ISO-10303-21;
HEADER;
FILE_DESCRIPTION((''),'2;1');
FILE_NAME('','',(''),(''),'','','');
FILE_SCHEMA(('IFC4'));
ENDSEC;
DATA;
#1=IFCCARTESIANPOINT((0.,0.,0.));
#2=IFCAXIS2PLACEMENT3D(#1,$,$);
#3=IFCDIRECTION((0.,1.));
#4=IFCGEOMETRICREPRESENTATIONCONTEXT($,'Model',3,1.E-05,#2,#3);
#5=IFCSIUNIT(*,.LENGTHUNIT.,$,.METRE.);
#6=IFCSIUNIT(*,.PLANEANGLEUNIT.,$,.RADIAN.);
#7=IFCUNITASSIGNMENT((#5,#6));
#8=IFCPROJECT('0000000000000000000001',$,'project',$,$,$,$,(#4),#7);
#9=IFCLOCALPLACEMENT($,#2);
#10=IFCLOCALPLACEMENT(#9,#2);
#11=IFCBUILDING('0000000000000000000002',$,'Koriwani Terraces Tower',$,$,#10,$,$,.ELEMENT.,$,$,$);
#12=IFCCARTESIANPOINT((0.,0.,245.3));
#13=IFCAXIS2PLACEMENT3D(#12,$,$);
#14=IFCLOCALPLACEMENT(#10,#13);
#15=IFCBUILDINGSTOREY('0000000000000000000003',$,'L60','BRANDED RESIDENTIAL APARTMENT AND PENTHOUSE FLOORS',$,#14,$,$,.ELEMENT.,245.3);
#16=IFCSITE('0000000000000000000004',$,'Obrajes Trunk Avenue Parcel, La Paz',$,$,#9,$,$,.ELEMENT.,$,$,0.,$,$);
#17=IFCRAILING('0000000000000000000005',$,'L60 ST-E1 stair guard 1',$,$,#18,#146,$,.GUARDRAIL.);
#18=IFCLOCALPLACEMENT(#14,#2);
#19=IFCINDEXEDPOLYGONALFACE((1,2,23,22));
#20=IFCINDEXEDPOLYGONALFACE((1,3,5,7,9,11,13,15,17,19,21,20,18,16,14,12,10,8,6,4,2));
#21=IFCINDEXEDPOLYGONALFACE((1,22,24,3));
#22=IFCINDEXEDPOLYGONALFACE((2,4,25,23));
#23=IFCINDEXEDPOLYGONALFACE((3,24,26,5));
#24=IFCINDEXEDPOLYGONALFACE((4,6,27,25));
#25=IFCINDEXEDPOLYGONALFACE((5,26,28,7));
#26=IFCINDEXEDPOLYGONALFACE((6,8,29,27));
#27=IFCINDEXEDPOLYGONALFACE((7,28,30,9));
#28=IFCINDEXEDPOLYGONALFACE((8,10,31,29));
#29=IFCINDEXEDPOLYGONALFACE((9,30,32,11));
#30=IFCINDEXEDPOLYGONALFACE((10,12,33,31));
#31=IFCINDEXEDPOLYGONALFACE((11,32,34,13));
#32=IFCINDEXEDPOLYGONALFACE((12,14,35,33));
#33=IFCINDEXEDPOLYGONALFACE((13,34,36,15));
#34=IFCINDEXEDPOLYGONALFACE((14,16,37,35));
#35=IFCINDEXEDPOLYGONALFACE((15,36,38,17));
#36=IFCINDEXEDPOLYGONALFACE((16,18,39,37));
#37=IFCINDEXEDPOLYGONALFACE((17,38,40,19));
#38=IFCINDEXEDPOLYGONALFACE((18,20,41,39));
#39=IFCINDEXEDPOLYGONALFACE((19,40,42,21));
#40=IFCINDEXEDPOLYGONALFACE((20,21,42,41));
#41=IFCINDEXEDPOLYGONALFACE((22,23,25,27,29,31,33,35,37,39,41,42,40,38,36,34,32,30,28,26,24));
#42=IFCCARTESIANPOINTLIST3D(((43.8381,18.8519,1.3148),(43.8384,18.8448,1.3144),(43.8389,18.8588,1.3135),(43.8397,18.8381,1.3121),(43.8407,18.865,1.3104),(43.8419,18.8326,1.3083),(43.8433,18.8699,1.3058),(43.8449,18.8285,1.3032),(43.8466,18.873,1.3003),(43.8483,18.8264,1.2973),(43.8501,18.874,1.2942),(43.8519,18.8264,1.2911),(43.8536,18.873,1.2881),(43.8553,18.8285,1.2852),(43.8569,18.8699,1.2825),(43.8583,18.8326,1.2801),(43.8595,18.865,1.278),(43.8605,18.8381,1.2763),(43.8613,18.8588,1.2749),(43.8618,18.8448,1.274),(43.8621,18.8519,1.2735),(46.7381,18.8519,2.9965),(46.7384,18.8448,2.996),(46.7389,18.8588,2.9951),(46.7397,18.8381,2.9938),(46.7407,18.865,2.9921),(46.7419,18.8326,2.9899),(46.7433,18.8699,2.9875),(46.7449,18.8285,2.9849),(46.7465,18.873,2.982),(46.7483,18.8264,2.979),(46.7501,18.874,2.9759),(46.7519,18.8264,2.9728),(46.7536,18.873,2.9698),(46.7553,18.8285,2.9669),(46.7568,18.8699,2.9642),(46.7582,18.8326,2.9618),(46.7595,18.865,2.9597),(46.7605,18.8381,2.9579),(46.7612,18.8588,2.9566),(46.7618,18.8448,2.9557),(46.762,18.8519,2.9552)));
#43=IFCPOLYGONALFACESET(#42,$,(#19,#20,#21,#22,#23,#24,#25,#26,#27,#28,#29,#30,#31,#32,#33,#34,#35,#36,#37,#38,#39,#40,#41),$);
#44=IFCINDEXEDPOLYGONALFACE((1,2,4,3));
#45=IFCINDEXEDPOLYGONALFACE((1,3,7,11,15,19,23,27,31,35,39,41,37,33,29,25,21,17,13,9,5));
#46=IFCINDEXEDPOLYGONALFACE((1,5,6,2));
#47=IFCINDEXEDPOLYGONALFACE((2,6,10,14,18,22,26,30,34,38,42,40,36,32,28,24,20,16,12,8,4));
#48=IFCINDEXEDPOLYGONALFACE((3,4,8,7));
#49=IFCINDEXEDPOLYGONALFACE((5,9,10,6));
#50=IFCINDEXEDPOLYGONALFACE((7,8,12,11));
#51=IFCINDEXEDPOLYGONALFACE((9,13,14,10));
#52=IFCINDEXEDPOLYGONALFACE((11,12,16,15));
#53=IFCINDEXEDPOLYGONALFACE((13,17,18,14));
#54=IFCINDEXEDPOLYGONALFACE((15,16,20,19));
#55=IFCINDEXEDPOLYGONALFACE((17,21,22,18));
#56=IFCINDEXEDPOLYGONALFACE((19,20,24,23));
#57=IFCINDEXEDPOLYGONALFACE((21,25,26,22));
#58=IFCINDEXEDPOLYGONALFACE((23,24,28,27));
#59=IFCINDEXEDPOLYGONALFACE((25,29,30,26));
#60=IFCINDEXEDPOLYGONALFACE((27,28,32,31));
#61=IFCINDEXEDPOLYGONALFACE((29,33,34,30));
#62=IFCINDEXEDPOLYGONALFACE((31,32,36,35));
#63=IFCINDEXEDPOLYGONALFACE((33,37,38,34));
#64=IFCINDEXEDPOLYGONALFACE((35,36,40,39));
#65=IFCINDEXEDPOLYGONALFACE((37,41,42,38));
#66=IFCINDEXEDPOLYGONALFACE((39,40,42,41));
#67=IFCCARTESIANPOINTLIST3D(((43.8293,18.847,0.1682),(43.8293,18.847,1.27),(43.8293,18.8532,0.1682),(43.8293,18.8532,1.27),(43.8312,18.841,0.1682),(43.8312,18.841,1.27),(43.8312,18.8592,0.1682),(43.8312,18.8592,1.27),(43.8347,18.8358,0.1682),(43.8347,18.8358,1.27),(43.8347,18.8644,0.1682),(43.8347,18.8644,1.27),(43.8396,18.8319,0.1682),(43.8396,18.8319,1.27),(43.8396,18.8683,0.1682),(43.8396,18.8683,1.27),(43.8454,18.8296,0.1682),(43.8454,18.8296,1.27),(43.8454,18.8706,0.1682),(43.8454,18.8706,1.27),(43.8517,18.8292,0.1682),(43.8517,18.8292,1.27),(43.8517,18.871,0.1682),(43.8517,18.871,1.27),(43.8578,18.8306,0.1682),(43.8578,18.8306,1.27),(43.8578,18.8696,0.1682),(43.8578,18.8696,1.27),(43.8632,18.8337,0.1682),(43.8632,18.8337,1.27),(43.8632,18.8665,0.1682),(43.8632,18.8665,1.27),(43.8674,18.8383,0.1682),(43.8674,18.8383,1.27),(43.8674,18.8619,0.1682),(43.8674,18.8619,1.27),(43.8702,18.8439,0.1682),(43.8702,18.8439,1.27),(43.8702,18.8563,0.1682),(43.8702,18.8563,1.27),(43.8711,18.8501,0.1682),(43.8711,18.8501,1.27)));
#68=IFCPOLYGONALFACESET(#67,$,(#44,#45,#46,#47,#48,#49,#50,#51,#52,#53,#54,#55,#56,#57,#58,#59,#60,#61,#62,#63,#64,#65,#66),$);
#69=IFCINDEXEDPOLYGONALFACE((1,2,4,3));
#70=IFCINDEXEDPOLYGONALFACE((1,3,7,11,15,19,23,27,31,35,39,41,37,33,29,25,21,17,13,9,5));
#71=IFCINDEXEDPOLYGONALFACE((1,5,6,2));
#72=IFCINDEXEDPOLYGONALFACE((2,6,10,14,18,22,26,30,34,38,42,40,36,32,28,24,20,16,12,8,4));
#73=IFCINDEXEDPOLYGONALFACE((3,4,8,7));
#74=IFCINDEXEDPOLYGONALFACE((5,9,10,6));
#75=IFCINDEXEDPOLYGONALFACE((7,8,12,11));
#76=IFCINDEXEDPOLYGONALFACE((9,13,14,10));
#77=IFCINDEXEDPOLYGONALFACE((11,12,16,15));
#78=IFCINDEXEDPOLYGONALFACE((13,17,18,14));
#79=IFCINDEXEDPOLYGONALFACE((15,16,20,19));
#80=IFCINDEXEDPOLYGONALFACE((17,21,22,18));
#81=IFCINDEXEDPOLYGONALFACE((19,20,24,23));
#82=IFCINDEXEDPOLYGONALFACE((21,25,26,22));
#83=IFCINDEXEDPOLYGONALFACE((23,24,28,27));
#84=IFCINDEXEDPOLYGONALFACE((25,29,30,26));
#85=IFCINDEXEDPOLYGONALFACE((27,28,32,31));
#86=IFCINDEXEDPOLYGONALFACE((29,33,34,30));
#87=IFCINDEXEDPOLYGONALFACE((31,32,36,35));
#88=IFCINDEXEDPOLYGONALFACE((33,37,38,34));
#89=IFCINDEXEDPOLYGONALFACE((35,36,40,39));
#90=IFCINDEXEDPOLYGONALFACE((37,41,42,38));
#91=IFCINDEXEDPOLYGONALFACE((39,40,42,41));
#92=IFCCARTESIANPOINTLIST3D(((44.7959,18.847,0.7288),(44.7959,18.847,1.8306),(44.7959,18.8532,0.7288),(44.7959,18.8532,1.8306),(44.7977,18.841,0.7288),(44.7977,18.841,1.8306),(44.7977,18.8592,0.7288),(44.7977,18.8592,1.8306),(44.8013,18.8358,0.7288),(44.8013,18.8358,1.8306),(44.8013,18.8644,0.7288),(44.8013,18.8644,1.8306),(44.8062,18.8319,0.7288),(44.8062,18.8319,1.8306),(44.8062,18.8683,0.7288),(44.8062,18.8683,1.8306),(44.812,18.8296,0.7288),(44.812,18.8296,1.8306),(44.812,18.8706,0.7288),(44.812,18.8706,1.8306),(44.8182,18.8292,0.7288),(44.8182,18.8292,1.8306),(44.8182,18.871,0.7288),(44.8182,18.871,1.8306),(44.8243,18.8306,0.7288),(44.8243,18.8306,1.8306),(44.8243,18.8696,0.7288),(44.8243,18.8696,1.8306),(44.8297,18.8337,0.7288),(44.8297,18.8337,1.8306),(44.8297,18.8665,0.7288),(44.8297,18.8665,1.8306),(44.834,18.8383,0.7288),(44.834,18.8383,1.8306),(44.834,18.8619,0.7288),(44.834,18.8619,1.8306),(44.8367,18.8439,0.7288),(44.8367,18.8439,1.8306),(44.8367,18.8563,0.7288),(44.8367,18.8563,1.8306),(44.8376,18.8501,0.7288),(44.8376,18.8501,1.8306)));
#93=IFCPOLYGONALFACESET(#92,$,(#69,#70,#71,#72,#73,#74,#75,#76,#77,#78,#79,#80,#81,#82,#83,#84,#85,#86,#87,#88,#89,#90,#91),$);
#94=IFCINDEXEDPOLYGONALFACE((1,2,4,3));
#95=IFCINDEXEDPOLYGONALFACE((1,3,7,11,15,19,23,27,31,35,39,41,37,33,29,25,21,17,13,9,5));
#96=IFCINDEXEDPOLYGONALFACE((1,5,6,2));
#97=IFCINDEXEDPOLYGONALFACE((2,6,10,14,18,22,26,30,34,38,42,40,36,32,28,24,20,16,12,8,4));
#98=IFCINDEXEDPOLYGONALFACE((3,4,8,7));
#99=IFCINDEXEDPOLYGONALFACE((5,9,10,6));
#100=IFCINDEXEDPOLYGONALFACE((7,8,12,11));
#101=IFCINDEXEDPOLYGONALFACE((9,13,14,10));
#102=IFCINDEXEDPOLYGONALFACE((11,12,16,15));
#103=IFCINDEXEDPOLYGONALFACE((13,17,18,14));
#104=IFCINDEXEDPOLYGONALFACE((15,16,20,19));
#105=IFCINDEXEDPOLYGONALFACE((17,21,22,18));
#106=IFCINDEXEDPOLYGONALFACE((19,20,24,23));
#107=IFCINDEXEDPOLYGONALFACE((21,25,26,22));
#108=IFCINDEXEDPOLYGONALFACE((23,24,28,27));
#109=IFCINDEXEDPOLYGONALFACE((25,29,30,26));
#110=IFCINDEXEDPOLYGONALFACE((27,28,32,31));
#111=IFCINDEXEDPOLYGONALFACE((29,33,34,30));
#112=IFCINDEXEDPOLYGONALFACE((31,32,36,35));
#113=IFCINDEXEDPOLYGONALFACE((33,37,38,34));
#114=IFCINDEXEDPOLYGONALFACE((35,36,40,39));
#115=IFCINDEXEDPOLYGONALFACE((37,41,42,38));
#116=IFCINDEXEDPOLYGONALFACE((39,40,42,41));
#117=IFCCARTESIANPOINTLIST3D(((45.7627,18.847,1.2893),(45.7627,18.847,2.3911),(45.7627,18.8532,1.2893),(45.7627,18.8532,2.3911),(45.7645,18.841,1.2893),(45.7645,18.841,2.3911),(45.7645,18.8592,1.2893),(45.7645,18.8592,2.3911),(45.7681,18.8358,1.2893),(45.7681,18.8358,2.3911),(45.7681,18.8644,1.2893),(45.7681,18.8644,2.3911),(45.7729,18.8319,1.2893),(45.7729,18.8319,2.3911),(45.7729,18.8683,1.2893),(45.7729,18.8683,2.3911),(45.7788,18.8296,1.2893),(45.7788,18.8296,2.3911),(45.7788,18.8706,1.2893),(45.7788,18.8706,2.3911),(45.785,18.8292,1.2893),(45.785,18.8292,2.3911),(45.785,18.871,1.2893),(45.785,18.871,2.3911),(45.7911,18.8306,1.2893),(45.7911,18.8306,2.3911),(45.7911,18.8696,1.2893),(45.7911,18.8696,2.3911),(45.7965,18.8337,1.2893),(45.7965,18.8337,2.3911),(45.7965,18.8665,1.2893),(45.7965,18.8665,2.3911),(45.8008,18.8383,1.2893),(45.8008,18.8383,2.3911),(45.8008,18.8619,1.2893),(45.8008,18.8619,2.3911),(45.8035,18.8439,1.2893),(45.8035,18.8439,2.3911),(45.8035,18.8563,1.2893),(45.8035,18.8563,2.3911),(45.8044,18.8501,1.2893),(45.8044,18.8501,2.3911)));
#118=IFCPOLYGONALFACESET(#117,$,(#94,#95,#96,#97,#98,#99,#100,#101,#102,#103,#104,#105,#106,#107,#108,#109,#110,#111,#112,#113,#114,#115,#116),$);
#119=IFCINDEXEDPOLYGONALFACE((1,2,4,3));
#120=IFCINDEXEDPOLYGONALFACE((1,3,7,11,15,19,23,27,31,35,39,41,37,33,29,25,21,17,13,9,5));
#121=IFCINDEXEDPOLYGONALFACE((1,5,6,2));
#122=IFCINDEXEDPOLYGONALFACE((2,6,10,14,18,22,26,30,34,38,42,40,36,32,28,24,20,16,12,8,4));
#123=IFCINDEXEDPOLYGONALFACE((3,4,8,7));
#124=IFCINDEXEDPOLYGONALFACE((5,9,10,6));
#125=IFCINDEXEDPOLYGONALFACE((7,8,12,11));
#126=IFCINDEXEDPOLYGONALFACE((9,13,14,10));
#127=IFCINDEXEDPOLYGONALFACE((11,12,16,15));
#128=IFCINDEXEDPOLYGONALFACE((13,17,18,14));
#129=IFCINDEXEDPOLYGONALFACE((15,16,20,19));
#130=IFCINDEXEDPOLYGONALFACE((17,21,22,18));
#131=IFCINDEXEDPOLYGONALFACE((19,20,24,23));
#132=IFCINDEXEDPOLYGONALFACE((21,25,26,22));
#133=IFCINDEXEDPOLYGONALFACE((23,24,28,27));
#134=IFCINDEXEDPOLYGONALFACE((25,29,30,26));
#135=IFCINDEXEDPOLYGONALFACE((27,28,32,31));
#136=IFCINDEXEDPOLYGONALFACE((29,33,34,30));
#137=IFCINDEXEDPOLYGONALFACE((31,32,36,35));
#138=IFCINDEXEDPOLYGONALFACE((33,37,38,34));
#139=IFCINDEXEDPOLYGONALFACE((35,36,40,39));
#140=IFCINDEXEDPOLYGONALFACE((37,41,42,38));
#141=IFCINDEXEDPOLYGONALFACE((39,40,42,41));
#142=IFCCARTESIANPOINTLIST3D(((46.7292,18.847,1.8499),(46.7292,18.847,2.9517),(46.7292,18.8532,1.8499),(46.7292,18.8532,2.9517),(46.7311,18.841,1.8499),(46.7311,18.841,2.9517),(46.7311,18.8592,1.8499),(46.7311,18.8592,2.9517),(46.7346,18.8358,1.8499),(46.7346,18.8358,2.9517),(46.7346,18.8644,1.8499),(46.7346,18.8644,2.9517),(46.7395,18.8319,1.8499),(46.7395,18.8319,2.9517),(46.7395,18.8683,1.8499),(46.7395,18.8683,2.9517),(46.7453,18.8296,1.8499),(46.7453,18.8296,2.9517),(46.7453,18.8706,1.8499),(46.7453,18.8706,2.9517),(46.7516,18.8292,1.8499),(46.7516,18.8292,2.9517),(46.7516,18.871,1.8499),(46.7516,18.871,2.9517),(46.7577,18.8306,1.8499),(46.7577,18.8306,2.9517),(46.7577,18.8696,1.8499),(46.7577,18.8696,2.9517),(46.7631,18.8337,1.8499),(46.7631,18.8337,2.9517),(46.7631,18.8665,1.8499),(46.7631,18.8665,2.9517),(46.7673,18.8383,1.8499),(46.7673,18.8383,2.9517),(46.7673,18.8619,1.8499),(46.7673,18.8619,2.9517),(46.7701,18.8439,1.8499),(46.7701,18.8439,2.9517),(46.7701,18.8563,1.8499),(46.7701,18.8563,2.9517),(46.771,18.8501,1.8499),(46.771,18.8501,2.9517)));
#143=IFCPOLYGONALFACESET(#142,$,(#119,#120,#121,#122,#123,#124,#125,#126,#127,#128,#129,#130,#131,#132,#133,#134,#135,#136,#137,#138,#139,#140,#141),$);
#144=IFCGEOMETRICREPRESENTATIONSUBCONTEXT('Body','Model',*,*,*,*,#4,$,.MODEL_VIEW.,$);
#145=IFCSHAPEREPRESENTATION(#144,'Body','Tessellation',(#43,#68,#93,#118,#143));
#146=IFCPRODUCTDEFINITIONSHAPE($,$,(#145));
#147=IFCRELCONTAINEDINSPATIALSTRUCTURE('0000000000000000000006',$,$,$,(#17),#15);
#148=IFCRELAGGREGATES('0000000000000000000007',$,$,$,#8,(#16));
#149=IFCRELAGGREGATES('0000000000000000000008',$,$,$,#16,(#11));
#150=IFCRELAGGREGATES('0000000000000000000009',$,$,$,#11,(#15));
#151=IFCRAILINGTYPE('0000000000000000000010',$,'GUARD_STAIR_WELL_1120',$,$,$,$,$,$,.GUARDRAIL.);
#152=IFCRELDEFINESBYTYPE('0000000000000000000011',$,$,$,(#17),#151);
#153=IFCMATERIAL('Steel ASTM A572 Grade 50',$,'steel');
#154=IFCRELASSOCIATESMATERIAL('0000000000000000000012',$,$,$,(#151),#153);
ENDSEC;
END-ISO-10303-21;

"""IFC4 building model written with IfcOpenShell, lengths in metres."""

from ifc_helpers import new_model, si_unit, direction, frame, origin, origin_2d, place, context, subcontext, project, spatial, circle, extrude, material, type_object, element, save


model = new_model("IFC4")

# Units and contexts
model_context = context("Model", 3, precision=1e-05, world=origin(), true_north=direction((0.0, 1.0)))
body_context = subcontext(model_context, "Body", "Model", "MODEL_VIEW")
ifc_project = project(units=[si_unit("LENGTHUNIT", "METRE"), si_unit("PLANEANGLEUNIT", "RADIAN")], contexts=[model_context])

# Site, building, storey
site_placement = place(None, origin())
site = spatial("IfcSite", under=ifc_project, at=site_placement, Name="Obrajes Trunk Avenue Parcel, La Paz", CompositionType="ELEMENT", RefElevation=0.0)
building_placement = place(site_placement, origin())
building = spatial("IfcBuilding", under=site, at=building_placement, Name="Koriwani Terraces Tower", CompositionType="ELEMENT")
storey_placement = place(building_placement, frame((0.0, 0.0, 245.3)))
storey = spatial("IfcBuildingStorey", under=building, at=storey_placement, Name="L60", Description="BRANDED RESIDENTIAL APARTMENT AND PENTHOUSE FLOORS", CompositionType="ELEMENT", Elevation=245.3)

# Shared definitions
ifc_material_1 = material(Name="Steel ASTM A572 Grade 50", Category="steel")

# Railing
railing_type_1 = type_object("IfcRailingType", Name="GUARD_STAIR_WELL_1120", PredefinedType="GUARDRAIL", material=ifc_material_1)
railing_1_placement = place(storey_placement, frame((43.8501, 18.8501, 0.1682)))
element("IfcRailing", 1, at=railing_1_placement, inside=storey, type_object=railing_type_1, Name="L60 ST-E1 stair guard 1", PredefinedType="GUARDRAIL", context=body_context, shape_type="SweptSolid", body=[
    extrude(circle(Radius=0.0239, at=origin_2d()), frame((0.0, 0.0, 1.126), z_axis=(0.86507, 0.0, 0.501651), x_axis=(0.0, 1.0, 0.0)), (0.0, 0.0, 1.0), 3.3523),
    extrude(circle(Radius=0.021, at=origin_2d()), origin(), (0.0, 0.0, 1.0), 1.1018),
    extrude(circle(Radius=0.021, at=origin_2d()), frame((0.9666, 0.0, 0.5605)), (0.0, 0.0, 1.0), 1.1018),
    extrude(circle(Radius=0.021, at=origin_2d()), frame((1.9333, 0.0, 1.1211)), (0.0, 0.0, 1.0), 1.1018),
    extrude(circle(Radius=0.021, at=origin_2d()), frame((2.8999, 0.0, 1.6816)), (0.0, 0.0, 1.0), 1.1018),
])

save(model, "model.ifc")
